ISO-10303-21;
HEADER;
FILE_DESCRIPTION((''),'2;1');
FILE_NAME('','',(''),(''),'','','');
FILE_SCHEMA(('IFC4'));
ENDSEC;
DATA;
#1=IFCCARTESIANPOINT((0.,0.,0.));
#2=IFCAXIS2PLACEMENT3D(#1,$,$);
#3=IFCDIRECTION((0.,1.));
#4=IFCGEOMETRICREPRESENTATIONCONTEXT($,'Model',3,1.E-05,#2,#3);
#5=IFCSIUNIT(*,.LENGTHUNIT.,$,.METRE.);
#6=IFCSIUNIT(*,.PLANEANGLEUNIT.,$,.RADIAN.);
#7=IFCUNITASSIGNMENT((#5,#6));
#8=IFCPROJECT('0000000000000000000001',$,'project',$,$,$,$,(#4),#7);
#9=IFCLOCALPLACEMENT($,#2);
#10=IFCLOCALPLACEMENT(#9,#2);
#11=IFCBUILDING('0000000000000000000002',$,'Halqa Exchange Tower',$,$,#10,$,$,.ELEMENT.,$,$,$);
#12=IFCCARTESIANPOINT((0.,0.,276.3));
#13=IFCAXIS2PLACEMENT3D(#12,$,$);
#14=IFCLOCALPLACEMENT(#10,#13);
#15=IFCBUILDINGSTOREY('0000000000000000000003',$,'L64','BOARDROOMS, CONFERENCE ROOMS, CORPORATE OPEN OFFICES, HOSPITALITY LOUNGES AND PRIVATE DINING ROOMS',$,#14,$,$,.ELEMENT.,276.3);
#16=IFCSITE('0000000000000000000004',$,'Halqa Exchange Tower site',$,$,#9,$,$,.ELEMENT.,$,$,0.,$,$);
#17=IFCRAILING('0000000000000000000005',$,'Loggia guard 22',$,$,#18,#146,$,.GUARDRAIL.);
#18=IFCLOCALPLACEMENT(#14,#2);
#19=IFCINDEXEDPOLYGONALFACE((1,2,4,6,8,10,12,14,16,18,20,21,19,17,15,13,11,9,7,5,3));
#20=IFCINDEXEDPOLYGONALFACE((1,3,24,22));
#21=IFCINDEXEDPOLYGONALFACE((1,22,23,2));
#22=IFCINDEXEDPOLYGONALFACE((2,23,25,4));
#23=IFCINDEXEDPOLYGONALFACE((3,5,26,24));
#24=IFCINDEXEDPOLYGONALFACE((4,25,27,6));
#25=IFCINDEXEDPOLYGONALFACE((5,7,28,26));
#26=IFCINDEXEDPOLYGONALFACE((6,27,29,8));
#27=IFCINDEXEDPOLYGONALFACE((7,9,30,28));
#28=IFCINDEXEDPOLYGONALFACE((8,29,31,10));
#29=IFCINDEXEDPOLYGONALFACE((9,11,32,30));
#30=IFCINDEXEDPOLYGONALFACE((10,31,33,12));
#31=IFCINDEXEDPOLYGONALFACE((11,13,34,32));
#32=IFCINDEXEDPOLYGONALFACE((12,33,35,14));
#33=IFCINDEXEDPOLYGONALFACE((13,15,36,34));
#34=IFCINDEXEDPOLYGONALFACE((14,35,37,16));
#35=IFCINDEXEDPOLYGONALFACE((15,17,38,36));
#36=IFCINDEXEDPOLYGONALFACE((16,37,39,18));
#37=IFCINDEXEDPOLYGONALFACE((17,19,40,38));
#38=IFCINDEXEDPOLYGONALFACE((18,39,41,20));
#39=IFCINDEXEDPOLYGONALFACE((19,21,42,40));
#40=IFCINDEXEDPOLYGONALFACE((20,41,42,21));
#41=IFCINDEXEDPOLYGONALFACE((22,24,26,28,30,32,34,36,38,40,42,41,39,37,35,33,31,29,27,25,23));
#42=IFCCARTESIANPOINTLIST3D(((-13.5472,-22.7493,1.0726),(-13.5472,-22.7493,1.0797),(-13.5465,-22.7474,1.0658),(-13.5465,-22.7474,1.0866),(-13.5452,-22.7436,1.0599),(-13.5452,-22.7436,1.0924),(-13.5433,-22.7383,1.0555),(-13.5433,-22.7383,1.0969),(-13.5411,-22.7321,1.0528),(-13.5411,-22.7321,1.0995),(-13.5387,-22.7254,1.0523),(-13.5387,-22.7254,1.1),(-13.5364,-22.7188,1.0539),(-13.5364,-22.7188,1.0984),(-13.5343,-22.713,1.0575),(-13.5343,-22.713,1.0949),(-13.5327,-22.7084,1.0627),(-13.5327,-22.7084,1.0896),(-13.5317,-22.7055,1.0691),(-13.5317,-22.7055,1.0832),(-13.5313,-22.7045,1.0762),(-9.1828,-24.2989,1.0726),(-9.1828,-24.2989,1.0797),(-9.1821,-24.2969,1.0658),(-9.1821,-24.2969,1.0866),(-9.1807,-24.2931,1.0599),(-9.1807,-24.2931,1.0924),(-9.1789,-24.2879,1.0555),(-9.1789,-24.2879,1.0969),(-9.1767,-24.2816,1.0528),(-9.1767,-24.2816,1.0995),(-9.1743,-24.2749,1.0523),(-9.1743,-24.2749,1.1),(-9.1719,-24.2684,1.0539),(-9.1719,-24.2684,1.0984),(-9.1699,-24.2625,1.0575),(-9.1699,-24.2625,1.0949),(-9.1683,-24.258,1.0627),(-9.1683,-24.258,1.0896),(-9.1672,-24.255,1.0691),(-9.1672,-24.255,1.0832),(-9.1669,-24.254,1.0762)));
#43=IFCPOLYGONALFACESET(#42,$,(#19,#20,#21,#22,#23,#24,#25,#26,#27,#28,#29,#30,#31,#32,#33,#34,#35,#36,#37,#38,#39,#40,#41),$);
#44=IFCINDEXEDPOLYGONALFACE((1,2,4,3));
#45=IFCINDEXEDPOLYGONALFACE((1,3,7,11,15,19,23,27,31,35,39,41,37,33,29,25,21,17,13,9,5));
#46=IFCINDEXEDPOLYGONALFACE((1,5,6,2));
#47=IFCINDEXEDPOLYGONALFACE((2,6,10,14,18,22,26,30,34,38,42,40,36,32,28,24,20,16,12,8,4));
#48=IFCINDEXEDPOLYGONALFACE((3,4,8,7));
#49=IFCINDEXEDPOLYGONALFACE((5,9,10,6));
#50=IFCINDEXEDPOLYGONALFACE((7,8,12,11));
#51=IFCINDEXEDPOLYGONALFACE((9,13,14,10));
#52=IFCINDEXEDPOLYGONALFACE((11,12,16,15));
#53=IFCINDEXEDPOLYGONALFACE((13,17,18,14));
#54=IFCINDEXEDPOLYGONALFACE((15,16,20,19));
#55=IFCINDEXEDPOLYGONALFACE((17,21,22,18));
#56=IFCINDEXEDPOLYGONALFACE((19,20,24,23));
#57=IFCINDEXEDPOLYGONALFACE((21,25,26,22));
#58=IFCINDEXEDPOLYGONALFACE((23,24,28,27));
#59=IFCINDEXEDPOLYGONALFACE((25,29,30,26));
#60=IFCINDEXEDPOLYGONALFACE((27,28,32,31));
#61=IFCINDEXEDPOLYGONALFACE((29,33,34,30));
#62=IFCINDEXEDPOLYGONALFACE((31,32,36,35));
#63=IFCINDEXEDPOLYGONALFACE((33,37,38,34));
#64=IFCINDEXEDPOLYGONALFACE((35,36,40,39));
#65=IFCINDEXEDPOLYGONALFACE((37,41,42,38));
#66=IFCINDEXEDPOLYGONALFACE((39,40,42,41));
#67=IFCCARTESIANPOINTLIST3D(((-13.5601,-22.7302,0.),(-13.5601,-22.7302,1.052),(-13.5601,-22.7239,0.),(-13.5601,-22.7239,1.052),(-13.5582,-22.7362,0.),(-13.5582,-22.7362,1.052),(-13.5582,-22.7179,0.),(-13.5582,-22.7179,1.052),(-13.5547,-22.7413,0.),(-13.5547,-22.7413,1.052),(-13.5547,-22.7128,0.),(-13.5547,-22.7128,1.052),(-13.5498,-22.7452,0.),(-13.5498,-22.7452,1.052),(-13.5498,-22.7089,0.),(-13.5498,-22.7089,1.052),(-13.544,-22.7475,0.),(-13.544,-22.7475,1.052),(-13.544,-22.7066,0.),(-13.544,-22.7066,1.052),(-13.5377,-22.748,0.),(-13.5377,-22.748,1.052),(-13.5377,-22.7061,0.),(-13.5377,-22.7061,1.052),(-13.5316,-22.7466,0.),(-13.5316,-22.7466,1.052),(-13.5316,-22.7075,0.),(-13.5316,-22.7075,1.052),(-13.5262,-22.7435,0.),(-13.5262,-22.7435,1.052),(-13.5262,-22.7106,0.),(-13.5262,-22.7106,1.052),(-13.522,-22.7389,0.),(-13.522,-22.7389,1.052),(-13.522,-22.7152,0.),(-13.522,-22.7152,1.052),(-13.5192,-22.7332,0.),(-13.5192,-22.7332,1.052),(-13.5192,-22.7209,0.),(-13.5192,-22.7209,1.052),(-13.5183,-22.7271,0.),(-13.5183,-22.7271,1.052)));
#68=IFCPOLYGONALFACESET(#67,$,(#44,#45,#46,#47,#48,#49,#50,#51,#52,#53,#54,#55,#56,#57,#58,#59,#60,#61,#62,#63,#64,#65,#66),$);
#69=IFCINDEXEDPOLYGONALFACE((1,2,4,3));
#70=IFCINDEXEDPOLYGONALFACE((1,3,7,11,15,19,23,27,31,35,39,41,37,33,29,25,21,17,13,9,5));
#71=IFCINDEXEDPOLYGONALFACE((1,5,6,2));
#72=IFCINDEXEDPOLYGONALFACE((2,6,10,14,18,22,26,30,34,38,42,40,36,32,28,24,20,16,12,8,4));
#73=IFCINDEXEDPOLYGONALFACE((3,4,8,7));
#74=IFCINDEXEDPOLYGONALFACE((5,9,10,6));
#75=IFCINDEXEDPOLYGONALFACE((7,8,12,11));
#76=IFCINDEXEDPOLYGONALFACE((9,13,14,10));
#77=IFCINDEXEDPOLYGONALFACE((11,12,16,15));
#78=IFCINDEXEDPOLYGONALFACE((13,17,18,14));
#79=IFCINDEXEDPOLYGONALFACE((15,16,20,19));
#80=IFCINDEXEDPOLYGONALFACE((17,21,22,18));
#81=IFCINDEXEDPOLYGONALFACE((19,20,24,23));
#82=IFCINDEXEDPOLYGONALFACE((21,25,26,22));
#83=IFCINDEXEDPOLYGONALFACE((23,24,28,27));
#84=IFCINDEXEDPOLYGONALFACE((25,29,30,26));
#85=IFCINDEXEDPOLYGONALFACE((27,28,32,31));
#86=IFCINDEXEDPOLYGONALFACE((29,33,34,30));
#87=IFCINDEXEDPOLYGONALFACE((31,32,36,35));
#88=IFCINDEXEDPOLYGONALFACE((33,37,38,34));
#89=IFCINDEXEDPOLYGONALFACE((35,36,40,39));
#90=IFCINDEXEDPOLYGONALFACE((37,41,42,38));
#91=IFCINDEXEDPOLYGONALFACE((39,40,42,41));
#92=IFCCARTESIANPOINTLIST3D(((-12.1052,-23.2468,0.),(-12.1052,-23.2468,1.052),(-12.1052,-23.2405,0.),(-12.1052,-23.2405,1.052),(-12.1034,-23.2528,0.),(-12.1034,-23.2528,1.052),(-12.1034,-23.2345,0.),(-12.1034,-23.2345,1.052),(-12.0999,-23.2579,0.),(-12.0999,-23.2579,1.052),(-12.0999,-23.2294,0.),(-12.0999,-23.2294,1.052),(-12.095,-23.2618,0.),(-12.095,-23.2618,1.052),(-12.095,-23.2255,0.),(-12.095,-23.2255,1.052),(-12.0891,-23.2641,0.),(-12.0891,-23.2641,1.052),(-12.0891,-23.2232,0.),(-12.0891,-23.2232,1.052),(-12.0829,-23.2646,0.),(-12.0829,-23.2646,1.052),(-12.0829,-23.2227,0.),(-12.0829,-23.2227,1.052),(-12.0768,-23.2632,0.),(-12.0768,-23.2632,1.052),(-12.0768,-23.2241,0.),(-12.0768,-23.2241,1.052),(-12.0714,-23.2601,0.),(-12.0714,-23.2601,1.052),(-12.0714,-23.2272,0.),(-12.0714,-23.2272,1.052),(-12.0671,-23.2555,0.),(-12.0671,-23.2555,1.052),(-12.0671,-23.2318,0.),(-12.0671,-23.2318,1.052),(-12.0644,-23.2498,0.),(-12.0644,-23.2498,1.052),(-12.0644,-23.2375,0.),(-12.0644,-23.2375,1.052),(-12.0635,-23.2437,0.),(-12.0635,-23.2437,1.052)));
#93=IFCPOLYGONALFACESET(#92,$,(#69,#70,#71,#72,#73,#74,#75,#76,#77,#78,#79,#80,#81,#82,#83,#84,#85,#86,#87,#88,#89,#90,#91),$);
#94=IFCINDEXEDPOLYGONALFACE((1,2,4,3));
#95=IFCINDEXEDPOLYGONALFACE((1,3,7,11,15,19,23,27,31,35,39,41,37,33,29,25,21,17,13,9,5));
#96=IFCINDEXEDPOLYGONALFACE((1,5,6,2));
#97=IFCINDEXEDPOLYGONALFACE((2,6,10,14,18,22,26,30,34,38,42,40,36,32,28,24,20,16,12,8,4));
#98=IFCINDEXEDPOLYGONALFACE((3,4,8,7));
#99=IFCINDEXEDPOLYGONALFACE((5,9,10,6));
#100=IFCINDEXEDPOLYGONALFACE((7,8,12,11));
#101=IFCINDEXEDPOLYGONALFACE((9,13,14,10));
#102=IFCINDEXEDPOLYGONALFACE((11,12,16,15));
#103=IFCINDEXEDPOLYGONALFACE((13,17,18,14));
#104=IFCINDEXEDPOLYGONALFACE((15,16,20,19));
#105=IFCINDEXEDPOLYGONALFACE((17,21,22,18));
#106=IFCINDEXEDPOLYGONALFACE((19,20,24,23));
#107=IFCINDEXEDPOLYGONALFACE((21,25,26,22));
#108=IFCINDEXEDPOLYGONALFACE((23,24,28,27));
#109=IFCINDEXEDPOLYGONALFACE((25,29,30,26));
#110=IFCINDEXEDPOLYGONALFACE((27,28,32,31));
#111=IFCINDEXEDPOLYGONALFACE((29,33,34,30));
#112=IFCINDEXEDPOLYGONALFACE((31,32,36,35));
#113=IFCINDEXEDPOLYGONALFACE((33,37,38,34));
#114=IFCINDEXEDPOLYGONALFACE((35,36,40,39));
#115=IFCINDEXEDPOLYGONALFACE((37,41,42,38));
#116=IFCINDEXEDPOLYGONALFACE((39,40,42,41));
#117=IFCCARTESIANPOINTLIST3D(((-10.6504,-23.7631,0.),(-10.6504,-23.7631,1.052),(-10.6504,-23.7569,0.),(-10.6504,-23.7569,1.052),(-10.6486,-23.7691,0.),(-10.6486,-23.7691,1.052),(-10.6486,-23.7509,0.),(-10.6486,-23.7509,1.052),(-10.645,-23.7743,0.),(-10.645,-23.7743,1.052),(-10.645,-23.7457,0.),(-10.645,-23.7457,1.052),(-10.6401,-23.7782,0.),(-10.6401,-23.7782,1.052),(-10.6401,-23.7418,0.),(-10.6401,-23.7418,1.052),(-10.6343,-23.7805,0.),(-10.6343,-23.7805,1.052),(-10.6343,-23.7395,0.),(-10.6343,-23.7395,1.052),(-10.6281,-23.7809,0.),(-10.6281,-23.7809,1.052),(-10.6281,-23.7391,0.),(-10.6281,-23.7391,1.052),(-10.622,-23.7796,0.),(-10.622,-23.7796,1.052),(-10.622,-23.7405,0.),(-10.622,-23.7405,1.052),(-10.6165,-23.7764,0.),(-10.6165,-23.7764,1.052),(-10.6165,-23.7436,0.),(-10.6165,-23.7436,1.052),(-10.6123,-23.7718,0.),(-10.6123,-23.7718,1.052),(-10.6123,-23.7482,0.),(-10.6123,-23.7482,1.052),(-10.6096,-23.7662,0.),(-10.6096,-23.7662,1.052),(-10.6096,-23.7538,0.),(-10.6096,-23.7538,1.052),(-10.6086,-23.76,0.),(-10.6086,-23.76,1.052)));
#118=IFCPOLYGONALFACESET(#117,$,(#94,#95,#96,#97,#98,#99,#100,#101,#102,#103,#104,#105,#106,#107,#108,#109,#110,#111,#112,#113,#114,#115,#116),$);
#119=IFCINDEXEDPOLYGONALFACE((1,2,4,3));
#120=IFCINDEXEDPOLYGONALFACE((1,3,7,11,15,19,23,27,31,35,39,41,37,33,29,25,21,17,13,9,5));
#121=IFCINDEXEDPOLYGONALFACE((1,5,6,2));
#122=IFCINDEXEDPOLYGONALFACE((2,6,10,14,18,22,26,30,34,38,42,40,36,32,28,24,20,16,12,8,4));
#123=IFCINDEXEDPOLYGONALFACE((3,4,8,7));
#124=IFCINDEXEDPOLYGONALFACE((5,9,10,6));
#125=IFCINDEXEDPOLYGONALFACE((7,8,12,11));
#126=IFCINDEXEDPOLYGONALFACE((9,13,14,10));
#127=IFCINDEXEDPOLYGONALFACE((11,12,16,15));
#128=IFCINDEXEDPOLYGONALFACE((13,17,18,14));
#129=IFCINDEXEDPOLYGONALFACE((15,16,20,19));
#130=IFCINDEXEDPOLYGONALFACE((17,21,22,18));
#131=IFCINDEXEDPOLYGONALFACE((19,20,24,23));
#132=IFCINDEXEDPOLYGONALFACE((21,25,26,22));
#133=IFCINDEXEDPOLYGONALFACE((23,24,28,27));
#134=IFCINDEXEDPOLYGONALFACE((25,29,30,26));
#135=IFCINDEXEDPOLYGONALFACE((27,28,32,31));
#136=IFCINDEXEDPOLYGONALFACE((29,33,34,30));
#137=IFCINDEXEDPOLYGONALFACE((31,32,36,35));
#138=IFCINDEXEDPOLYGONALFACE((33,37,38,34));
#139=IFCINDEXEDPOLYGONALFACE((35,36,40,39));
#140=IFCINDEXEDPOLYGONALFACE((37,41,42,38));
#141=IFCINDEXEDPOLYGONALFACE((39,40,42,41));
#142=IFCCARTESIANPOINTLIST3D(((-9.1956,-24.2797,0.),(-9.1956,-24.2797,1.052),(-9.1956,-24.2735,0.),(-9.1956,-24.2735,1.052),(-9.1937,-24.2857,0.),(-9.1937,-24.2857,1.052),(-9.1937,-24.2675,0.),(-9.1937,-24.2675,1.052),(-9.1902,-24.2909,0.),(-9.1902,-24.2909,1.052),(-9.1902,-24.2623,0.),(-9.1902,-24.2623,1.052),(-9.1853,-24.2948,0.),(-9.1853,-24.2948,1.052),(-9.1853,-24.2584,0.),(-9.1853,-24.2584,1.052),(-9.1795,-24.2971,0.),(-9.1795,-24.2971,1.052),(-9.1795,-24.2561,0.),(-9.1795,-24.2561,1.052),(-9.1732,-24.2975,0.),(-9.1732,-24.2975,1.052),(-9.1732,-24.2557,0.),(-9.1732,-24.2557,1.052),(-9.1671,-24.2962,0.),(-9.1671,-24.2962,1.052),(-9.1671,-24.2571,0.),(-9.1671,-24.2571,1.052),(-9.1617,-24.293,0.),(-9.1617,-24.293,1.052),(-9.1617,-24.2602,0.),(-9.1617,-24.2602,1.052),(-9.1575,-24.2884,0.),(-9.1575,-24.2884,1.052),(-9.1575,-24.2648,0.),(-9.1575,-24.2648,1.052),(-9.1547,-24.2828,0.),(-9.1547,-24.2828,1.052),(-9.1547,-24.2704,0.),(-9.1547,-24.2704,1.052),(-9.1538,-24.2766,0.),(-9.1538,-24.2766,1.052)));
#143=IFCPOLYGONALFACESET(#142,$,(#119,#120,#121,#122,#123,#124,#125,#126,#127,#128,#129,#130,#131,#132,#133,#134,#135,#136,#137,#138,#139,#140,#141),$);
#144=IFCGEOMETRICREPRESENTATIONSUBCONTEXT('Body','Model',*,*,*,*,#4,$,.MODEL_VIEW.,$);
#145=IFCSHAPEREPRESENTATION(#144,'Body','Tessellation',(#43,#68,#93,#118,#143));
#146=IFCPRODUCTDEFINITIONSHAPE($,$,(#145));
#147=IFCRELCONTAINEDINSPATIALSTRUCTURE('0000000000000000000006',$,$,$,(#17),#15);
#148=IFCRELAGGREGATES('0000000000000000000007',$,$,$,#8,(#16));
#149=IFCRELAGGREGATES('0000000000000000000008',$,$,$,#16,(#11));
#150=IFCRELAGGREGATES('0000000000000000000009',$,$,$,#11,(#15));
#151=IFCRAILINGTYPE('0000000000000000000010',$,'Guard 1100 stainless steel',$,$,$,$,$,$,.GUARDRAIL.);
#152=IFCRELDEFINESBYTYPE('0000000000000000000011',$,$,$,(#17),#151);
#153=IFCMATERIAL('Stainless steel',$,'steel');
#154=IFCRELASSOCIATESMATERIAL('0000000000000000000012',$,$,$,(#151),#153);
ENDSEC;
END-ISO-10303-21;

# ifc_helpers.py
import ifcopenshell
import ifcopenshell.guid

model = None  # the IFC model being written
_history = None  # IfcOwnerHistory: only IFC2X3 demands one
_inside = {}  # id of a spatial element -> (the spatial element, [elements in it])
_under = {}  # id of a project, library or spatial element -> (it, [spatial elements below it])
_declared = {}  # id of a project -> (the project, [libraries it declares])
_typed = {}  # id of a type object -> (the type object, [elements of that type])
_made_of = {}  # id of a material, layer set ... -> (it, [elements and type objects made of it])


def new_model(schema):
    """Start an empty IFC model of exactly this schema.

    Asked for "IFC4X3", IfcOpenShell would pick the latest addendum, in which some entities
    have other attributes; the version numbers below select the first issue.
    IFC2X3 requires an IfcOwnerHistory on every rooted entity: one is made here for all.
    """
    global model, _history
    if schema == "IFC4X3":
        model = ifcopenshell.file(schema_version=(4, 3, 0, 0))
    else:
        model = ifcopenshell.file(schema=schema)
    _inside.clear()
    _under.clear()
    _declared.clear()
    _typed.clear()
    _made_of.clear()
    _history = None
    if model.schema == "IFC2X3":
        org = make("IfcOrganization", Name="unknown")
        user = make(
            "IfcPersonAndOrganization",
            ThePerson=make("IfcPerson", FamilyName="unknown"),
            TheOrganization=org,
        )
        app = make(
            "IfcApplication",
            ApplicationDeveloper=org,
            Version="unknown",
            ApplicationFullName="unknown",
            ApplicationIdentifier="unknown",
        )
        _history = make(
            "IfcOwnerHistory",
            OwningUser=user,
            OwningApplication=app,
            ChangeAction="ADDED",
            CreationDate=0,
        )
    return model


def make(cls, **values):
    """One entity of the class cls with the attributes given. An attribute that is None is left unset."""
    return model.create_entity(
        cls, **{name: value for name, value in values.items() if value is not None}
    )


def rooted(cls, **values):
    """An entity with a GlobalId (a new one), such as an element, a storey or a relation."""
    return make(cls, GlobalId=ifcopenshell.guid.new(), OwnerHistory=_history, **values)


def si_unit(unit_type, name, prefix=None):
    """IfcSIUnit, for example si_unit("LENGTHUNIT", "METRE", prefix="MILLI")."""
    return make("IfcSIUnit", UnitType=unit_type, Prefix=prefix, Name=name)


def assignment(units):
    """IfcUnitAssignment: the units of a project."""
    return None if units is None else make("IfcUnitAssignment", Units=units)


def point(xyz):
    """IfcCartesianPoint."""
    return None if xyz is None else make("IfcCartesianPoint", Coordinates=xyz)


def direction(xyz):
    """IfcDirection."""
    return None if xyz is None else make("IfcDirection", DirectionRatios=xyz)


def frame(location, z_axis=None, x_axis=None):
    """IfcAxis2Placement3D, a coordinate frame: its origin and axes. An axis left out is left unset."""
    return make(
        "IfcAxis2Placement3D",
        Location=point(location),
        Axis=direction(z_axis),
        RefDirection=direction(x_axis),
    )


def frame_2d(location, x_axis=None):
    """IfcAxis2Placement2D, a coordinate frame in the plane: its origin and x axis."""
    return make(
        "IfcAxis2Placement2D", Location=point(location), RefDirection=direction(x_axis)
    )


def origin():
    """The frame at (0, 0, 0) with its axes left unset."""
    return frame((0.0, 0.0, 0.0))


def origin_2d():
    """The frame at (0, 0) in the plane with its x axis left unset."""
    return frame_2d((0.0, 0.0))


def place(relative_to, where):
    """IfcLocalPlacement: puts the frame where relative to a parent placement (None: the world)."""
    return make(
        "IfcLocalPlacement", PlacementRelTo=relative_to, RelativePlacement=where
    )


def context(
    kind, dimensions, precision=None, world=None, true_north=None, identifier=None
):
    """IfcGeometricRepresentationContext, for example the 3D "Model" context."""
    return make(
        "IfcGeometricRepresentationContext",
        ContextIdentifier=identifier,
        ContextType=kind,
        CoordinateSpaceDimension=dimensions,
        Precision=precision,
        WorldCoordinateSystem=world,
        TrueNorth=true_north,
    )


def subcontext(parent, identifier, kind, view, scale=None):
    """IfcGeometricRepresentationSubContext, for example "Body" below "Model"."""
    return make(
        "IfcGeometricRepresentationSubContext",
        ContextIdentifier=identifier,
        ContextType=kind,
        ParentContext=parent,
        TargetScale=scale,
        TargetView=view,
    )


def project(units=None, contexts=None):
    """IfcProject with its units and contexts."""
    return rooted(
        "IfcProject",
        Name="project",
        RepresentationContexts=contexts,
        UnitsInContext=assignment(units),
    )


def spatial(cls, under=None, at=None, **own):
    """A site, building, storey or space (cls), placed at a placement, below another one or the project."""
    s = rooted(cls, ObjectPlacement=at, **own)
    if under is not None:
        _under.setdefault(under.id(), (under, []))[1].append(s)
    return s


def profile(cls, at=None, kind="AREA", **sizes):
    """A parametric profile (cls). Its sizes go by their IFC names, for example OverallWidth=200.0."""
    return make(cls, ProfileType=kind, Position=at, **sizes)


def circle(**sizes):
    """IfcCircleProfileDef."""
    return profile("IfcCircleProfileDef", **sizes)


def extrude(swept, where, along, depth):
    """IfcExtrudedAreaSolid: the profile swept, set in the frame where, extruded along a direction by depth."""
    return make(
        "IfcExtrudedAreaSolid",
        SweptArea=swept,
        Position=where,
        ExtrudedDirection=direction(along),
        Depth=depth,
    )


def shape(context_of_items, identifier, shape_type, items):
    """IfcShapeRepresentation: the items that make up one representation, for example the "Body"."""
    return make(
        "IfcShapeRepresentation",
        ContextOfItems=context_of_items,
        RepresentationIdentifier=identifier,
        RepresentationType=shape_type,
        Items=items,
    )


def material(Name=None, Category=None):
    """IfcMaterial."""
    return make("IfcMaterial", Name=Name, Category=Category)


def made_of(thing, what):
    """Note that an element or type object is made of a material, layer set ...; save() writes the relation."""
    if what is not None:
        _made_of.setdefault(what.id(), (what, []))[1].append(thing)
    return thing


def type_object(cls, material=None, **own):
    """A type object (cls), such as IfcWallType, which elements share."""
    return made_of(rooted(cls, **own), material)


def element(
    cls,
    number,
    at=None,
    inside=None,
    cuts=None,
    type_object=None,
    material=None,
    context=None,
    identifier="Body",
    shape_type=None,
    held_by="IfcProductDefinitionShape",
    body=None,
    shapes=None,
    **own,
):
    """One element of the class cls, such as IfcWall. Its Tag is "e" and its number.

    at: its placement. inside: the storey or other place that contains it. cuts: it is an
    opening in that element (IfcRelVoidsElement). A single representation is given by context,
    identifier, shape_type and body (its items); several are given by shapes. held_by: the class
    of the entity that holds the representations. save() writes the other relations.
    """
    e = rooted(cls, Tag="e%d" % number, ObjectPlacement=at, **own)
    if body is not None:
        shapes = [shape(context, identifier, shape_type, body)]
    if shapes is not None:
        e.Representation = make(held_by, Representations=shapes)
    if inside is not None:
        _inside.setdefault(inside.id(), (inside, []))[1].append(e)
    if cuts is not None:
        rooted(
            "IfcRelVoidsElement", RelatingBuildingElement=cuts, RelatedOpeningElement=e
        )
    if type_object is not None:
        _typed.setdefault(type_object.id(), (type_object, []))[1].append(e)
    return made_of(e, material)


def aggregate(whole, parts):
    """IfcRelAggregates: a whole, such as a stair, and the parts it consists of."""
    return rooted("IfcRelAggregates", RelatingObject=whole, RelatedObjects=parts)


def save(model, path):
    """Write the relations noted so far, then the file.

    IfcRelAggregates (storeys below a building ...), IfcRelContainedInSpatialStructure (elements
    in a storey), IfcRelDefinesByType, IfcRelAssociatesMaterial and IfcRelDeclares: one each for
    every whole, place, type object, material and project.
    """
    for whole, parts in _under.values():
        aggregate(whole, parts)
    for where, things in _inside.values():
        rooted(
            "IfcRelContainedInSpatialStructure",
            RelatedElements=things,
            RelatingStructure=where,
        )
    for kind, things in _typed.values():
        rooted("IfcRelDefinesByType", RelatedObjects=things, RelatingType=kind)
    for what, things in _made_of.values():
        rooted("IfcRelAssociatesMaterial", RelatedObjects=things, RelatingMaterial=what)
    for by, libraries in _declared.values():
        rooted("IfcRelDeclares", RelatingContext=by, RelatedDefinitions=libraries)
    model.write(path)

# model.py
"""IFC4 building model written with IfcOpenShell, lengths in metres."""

from ifc_helpers import new_model, si_unit, direction, frame, origin, origin_2d, place, context, subcontext, project, spatial, circle, extrude, material, type_object, element, save


model = new_model("IFC4")

# Units and contexts
model_context = context("Model", 3, precision=1e-05, world=origin(), true_north=direction((0.0, 1.0)))
body_context = subcontext(model_context, "Body", "Model", "MODEL_VIEW")
ifc_project = project(units=[si_unit("LENGTHUNIT", "METRE"), si_unit("PLANEANGLEUNIT", "RADIAN")], contexts=[model_context])

# Site, building, storey
site_placement = place(None, origin())
site = spatial("IfcSite", under=ifc_project, at=site_placement, Name="Halqa Exchange Tower site", CompositionType="ELEMENT", RefElevation=0.0)
building_placement = place(site_placement, origin())
building = spatial("IfcBuilding", under=site, at=building_placement, Name="Halqa Exchange Tower", CompositionType="ELEMENT")
storey_placement = place(building_placement, frame((0.0, 0.0, 276.3)))
storey = spatial("IfcBuildingStorey", under=building, at=storey_placement, Name="L64", Description="BOARDROOMS, CONFERENCE ROOMS, CORPORATE OPEN OFFICES, HOSPITALITY LOUNGES AND PRIVATE DINING ROOMS", CompositionType="ELEMENT", Elevation=276.3)

# Railing
ifc_material_1 = material(Name="Stainless steel", Category="steel")
railing_type = type_object("IfcRailingType", Name="Guard 1100 stainless steel", PredefinedType="GUARDRAIL", material=ifc_material_1)
railing_1_placement = place(storey_placement, frame((-13.5393, -22.7271, 0.0)))
element("IfcRailing", 1, at=railing_1_placement, inside=storey, type_object=railing_type, Name="Loggia guard 22", PredefinedType="GUARDRAIL", context=body_context, shape_type="SweptSolid", body=[
    extrude(circle(Radius=0.0239, at=origin_2d()), frame((0.0, 0.0, 1.0762), z_axis=(0.942369, -0.334576, 0.0), x_axis=(0.334576, 0.942369, 0.0)), (0.0, 0.0, 1.0), 4.6313),
    extrude(circle(Radius=0.021, at=origin_2d()), origin(), (0.0, 0.0, 1.0), 1.052),
    extrude(circle(Radius=0.021, at=origin_2d()), frame((1.4548, -0.5166, 0.0)), (0.0, 0.0, 1.0), 1.052),
    extrude(circle(Radius=0.021, at=origin_2d()), frame((2.9097, -1.033, 0.0)), (0.0, 0.0, 1.0), 1.052),
    extrude(circle(Radius=0.021, at=origin_2d()), frame((4.3645, -1.5496, 0.0)), (0.0, 0.0, 1.0), 1.052),
])

save(model, "model.ifc")
